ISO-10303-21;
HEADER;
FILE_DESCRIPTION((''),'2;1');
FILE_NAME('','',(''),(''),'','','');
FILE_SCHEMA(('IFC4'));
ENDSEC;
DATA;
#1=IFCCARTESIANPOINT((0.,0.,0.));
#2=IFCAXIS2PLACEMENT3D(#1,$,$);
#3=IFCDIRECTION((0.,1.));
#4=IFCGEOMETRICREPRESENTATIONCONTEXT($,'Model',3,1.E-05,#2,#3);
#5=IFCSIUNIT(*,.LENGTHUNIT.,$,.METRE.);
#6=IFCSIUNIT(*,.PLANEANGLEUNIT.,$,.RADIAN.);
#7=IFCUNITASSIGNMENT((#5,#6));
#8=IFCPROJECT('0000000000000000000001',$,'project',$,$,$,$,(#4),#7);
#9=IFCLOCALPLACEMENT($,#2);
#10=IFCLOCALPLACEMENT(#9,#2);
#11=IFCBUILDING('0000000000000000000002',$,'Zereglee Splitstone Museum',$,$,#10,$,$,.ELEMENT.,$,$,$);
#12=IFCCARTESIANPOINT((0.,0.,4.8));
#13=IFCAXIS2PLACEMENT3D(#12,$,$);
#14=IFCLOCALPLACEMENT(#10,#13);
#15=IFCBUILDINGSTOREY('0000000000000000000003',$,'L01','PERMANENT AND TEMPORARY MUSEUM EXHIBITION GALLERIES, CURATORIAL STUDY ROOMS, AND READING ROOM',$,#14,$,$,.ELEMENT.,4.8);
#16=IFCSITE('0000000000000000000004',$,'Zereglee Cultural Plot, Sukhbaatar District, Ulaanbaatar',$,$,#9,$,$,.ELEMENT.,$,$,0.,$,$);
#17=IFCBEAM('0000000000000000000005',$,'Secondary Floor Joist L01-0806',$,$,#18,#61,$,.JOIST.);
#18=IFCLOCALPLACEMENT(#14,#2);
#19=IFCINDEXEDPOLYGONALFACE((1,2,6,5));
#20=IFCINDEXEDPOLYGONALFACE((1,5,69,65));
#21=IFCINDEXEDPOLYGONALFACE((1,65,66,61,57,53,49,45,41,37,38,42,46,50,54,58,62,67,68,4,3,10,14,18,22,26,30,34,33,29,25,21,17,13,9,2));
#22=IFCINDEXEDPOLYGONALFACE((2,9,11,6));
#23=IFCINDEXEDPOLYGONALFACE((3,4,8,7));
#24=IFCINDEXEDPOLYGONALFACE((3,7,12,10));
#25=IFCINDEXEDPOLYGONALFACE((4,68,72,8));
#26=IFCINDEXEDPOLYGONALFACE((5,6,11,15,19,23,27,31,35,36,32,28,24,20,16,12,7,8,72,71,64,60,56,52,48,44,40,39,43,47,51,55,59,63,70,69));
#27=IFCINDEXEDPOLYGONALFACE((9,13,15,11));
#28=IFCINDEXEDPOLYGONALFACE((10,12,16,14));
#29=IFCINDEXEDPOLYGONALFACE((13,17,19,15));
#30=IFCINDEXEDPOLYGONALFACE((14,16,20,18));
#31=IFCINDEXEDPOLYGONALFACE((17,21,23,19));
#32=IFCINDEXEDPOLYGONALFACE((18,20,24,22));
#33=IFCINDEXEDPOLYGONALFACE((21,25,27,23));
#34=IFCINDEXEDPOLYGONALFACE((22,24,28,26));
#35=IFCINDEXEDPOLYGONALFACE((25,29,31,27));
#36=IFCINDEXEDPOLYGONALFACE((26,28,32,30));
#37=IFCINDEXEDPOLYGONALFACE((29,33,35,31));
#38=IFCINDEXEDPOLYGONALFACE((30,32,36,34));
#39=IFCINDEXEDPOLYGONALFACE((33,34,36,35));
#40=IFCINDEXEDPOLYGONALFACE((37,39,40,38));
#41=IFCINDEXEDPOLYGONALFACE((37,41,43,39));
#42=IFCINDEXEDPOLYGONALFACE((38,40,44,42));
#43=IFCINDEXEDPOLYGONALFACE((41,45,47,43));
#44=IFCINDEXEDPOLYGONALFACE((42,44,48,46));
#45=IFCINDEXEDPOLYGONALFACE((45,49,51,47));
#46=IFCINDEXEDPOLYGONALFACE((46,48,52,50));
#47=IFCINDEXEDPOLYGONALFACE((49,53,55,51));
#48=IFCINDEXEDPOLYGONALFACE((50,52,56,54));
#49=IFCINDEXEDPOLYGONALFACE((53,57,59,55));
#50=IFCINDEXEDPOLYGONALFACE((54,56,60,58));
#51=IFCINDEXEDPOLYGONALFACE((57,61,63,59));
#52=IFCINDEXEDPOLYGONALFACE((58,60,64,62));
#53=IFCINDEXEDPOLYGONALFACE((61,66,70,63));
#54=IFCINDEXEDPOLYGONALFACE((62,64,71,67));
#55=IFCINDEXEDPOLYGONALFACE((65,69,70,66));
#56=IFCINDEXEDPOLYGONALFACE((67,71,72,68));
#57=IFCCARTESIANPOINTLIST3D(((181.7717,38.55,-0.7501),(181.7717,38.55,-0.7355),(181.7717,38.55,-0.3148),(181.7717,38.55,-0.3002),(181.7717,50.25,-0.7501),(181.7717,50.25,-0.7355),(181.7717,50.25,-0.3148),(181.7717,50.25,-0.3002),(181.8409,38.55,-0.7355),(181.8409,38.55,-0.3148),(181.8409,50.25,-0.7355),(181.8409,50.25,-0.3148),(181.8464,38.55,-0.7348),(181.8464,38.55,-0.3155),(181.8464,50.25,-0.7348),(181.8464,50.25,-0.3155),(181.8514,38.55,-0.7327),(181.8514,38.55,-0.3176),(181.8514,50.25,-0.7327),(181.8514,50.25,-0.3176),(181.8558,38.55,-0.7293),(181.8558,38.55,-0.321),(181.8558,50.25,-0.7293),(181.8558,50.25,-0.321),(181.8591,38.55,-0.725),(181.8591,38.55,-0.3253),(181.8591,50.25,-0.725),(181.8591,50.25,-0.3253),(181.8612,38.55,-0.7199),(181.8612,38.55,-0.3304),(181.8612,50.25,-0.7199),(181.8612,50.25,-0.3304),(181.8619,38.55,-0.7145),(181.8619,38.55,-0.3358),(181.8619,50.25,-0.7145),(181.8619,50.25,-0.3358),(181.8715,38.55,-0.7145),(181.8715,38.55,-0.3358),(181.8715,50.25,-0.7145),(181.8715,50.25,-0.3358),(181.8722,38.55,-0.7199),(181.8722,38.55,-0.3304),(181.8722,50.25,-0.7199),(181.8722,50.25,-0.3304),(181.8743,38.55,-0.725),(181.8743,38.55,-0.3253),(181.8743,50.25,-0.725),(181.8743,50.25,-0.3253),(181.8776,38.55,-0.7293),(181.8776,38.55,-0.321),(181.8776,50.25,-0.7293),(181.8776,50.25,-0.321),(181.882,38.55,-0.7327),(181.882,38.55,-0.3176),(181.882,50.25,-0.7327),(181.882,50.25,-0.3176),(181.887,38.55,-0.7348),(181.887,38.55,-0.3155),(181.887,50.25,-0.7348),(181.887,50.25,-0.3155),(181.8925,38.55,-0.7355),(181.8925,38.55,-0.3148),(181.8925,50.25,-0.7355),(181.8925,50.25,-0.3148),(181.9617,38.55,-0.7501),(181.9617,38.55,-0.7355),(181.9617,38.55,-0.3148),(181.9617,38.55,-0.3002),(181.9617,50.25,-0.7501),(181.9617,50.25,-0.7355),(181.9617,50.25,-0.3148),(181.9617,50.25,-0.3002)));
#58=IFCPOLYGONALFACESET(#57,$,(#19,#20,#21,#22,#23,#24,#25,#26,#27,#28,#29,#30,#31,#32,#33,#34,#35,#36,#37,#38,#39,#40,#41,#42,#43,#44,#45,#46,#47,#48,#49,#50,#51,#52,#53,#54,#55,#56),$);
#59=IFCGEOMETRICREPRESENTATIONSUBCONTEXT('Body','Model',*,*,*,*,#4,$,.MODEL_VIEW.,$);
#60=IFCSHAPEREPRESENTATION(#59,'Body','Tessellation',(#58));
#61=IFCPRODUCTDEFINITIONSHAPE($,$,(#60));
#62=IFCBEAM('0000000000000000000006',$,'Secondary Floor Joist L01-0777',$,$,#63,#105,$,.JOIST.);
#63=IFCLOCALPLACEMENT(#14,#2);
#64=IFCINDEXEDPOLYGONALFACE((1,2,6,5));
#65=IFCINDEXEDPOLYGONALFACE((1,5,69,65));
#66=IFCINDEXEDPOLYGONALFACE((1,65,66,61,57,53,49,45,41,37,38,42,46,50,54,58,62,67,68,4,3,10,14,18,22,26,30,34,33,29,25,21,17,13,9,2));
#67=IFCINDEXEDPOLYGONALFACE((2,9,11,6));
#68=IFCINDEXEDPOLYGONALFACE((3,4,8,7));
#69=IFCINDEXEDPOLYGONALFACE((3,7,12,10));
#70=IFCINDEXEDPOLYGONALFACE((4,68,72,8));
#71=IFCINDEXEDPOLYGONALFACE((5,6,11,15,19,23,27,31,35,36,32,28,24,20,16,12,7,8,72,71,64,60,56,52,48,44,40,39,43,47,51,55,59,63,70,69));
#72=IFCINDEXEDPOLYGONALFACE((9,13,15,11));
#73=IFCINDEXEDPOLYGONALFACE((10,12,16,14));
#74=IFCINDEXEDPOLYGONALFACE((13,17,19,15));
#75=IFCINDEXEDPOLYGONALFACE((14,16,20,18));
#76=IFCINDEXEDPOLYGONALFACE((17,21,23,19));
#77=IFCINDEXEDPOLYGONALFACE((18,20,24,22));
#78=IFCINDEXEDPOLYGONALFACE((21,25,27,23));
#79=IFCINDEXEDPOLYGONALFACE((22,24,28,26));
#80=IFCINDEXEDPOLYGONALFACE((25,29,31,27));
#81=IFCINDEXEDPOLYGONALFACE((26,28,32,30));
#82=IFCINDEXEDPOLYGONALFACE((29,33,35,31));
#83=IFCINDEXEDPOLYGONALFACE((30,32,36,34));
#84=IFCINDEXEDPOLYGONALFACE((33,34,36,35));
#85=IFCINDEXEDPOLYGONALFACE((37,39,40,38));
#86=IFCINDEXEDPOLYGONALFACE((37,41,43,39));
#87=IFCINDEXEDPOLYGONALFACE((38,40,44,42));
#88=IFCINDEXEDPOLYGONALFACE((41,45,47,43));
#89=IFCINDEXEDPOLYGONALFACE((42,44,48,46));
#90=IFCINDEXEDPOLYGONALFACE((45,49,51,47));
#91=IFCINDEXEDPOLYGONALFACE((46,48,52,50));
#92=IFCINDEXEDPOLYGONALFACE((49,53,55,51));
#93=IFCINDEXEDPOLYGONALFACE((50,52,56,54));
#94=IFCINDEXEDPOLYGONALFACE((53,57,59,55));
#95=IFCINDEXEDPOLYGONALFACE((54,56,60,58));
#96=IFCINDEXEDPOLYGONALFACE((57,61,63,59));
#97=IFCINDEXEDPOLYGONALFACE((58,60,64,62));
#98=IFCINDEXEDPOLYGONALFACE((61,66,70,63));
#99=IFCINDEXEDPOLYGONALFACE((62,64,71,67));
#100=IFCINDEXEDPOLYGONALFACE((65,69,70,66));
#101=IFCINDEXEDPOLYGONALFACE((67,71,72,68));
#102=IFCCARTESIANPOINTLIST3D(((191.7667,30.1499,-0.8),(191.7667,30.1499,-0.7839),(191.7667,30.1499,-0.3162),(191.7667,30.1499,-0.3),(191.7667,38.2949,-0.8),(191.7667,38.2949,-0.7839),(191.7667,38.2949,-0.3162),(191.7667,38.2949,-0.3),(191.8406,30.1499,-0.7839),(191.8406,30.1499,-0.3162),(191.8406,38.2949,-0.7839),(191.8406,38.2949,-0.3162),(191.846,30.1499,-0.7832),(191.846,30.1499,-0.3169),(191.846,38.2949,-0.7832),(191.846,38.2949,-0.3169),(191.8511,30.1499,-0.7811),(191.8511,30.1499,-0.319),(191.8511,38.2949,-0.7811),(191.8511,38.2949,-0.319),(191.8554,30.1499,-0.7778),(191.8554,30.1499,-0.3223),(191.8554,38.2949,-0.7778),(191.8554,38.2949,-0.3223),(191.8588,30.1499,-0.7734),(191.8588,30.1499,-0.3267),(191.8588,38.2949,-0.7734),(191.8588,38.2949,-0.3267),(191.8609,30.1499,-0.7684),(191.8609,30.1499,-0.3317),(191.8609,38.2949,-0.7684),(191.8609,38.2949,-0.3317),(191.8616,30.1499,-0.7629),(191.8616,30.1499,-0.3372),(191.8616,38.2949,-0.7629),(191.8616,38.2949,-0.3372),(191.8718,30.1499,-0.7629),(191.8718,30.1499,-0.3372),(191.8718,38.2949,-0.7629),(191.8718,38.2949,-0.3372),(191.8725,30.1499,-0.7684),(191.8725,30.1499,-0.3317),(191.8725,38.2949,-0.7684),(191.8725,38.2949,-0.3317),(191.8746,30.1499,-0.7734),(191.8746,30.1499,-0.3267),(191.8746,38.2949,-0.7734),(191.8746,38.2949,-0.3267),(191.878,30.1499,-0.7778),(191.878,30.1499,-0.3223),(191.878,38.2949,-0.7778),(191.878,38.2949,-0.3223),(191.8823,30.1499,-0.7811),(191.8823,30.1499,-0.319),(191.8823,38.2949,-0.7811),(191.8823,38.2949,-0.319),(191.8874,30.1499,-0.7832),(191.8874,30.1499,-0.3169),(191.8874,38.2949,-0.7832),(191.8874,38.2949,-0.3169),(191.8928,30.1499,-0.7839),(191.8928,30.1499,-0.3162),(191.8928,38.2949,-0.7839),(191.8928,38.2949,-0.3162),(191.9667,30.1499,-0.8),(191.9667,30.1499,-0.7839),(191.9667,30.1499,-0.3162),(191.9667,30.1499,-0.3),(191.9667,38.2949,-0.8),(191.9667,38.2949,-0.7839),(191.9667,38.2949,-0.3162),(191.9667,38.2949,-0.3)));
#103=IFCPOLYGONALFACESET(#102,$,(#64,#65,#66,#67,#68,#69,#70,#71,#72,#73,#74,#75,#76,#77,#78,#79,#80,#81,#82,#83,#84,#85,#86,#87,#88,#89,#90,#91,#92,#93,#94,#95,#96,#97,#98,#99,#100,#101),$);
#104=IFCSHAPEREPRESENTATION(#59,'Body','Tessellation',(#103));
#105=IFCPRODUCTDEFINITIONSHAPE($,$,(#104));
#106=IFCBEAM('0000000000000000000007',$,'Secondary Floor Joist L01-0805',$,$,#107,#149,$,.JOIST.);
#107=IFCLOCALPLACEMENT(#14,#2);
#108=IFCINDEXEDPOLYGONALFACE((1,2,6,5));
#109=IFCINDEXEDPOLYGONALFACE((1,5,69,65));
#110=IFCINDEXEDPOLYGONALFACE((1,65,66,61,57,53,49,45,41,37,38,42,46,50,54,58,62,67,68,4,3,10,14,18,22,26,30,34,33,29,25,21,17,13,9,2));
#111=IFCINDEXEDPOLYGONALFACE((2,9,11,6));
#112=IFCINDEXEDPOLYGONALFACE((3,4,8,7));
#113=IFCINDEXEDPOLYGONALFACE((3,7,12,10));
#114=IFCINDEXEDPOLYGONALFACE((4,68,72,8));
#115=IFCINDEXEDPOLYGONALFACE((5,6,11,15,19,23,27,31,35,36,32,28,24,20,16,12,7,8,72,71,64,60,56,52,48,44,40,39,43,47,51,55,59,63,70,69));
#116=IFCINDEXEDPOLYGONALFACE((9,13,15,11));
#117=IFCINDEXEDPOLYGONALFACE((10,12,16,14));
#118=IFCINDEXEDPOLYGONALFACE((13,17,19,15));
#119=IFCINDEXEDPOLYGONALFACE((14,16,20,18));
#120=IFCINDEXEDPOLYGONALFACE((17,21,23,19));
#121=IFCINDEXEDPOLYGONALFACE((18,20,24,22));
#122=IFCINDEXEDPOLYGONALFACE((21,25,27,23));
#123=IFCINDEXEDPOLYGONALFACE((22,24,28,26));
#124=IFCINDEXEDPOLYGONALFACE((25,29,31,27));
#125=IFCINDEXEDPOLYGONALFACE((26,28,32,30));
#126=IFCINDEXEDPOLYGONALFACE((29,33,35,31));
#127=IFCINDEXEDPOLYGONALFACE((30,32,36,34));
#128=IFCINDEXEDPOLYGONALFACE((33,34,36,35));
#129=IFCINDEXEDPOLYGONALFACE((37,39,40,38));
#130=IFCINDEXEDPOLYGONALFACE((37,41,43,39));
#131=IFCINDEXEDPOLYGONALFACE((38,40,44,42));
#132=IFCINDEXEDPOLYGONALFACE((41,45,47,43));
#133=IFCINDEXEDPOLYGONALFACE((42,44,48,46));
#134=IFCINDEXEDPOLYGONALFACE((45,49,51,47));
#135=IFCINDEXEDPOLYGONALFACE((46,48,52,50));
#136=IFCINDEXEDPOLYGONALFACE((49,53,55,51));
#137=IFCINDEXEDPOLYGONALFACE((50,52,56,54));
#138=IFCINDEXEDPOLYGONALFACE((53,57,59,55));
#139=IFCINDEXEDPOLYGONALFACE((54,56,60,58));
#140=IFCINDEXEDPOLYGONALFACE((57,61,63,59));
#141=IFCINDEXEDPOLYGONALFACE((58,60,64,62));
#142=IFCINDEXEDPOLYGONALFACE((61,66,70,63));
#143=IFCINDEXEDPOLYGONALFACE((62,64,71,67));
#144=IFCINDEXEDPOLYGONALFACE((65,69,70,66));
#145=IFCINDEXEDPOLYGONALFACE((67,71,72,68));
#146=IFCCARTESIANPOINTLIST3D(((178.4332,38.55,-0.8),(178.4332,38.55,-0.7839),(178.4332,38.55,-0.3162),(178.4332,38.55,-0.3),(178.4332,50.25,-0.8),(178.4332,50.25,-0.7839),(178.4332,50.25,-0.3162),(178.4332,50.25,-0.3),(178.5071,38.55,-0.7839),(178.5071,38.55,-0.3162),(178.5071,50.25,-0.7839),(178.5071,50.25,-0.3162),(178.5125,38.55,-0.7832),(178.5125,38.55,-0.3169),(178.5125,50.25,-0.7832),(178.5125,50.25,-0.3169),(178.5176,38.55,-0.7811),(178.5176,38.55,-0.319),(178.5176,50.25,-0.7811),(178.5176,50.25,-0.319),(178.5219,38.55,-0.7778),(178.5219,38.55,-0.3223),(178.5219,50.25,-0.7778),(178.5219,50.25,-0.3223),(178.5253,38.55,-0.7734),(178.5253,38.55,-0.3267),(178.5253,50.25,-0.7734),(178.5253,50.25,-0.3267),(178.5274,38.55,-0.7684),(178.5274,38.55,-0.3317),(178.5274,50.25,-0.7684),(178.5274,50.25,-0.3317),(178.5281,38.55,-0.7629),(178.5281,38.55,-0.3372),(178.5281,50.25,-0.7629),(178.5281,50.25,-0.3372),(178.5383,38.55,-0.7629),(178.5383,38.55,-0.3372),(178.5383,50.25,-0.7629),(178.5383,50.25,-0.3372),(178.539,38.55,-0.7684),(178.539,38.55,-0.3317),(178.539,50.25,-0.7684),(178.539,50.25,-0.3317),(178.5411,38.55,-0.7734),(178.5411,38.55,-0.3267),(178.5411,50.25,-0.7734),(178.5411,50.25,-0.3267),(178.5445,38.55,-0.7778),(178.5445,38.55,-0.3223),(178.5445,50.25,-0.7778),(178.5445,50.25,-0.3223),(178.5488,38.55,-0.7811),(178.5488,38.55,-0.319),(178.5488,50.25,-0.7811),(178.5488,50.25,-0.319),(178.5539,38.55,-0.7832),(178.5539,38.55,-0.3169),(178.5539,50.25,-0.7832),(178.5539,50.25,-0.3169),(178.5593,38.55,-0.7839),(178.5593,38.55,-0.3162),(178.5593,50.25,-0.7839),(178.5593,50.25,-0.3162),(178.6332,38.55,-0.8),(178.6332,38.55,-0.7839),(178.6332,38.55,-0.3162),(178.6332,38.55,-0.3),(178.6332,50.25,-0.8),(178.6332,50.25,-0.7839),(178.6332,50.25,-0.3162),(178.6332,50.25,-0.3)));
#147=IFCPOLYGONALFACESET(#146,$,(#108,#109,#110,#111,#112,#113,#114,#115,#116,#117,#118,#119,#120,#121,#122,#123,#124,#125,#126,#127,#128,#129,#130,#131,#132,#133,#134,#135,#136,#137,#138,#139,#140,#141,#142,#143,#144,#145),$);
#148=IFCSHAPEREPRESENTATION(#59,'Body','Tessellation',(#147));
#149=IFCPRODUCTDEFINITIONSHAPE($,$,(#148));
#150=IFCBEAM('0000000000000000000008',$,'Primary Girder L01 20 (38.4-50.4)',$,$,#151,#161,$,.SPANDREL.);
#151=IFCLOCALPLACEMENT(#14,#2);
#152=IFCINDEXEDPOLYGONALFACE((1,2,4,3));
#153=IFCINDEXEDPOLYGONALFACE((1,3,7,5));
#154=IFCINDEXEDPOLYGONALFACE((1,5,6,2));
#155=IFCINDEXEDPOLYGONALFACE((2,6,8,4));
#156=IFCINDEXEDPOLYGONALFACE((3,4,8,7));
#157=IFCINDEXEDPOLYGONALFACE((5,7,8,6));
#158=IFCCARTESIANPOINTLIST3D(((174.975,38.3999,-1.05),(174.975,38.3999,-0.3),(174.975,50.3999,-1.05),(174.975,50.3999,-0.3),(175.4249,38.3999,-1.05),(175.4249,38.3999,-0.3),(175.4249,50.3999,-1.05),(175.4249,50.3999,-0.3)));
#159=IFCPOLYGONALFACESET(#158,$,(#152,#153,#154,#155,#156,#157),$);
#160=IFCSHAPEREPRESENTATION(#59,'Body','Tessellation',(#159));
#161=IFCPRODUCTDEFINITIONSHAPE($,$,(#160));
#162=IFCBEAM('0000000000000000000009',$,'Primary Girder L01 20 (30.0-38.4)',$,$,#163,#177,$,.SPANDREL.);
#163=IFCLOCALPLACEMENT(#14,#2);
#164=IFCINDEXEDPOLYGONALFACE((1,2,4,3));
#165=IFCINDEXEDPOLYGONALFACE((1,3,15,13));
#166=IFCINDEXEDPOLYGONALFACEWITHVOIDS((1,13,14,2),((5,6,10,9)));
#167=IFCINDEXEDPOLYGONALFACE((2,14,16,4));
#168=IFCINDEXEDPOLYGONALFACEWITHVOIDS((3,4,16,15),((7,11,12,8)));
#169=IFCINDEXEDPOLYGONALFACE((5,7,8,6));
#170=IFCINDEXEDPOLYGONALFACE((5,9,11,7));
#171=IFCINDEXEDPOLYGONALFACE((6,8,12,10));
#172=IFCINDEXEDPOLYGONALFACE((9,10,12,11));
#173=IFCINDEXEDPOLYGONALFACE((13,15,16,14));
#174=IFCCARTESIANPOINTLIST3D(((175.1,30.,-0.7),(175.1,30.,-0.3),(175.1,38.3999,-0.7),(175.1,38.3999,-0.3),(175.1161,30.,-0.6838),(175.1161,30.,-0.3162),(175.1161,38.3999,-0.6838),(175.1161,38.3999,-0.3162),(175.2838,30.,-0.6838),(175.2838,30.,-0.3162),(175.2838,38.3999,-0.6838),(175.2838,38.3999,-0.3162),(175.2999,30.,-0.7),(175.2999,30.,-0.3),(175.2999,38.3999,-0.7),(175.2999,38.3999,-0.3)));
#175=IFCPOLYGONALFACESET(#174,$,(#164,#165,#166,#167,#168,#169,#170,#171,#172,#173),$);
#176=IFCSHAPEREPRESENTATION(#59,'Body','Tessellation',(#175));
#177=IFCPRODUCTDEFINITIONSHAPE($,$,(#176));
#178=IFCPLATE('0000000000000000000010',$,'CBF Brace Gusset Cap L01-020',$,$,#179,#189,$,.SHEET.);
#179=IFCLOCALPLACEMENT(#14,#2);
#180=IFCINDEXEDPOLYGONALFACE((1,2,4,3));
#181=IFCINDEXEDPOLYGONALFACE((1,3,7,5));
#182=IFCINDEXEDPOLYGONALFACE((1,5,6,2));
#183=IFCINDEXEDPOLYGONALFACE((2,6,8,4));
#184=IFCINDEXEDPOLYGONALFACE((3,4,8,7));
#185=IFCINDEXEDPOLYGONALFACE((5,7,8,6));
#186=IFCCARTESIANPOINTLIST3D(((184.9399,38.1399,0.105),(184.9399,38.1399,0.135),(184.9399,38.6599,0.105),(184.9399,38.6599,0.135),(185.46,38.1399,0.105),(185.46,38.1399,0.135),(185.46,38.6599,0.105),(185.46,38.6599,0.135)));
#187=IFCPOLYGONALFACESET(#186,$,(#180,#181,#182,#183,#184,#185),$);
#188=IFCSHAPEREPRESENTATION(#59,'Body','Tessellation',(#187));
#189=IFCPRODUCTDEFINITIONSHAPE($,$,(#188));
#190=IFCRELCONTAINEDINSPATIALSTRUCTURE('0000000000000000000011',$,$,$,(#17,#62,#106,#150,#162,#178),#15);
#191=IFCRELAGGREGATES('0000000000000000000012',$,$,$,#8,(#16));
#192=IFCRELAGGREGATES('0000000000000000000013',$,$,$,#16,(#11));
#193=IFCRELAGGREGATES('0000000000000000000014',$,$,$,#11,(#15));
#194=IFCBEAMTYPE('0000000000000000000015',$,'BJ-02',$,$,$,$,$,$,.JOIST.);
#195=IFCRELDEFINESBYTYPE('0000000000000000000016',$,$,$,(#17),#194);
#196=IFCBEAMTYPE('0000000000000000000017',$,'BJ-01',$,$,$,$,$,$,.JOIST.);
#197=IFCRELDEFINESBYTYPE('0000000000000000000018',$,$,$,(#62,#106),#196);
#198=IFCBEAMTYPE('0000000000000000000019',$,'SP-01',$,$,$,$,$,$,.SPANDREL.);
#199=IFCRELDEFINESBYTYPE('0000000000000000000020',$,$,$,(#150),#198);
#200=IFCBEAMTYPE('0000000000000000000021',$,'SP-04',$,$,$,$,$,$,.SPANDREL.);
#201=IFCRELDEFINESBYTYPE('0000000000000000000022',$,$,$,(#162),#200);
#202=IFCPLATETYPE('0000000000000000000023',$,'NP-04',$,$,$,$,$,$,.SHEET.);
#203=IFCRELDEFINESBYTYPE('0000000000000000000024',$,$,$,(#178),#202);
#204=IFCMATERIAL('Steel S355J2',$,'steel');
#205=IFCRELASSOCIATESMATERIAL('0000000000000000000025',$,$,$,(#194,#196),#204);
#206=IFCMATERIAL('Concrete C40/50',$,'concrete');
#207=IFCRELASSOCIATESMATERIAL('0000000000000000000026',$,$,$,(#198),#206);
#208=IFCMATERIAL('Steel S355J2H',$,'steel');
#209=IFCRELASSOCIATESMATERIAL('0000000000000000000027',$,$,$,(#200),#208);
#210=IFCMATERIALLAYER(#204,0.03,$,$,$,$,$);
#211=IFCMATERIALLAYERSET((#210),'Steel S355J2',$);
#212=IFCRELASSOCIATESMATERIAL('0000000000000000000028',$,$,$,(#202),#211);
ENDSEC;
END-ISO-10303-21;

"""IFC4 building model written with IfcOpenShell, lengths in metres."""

from ifc_helpers import new_model, si_unit, direction, frame, origin, origin_2d, place, context, subcontext, project, spatial, rectangle, hollow_rectangle, i_section, extrude, material, layer, layer_set, material_profile, profile_set, type_object, element, save


model = new_model("IFC4")

# Units and contexts
model_context = context("Model", 3, precision=1e-05, world=origin(), true_north=direction((0.0, 1.0)))
body_context = subcontext(model_context, "Body", "Model", "MODEL_VIEW")
ifc_project = project(units=[si_unit("LENGTHUNIT", "METRE"), si_unit("PLANEANGLEUNIT", "RADIAN")], contexts=[model_context])

# Site, building, storey
site_placement = place(None, origin())
site = spatial("IfcSite", under=ifc_project, at=site_placement, Name="Zereglee Cultural Plot, Sukhbaatar District, Ulaanbaatar", CompositionType="ELEMENT", RefElevation=0.0)
building_placement = place(site_placement, origin())
building = spatial("IfcBuilding", under=site, at=building_placement, Name="Zereglee Splitstone Museum", CompositionType="ELEMENT")
storey_placement = place(building_placement, frame((0.0, 0.0, 4.8)))
storey = spatial("IfcBuildingStorey", under=building, at=storey_placement, Name="L01", Description="PERMANENT AND TEMPORARY MUSEUM EXHIBITION GALLERIES, CURATORIAL STUDY ROOMS, AND READING ROOM", CompositionType="ELEMENT", Elevation=4.8)

# Shared definitions
ifc_material_1 = material(Name="Steel S355J2", Category="steel")
ifc_material_2 = material(Name="Steel S355J2H", Category="steel")

# Shared definitions
ifc_material_3 = material(Name="Concrete C40/50", Category="concrete")

# Beams
ifc_material_profile_1 = material_profile(ifc_material_1, i_section(OverallWidth=0.1899, OverallDepth=0.45, WebThickness=0.0095, FlangeThickness=0.0146, FilletRadius=0.021, at=origin_2d()), Name="IPE 450")
ifc_profile_set_1 = profile_set([ifc_material_profile_1], Name="Steel S355J2")
beam_type_1 = type_object("IfcBeamType", Name="BJ-02", PredefinedType="JOIST", material=ifc_profile_set_1)
beam_1_placement = place(storey_placement, frame((181.8667, 38.55, -0.5251), z_axis=(0.0, 1.0, 0.0), x_axis=(-1.0, 0.0, 0.0)))
element("IfcBeam", 1, at=beam_1_placement, inside=storey, type_object=beam_type_1, Name="Secondary Floor Joist L01-0806", PredefinedType="JOIST", context=body_context, shape_type="SweptSolid", body=[
    extrude(i_section(OverallWidth=0.1899, OverallDepth=0.45, WebThickness=0.0095, FlangeThickness=0.0146, FilletRadius=0.021, at=origin_2d()), origin(), (0.0, 0.0, 1.0), 11.7),
])
ifc_material_profile_2 = material_profile(ifc_material_1, i_section(OverallWidth=0.2, OverallDepth=0.5, WebThickness=0.0103, FlangeThickness=0.0161, FilletRadius=0.021, at=origin_2d()), Name="IPE 500")
ifc_profile_set_2 = profile_set([ifc_material_profile_2], Name="Steel S355J2")
beam_type_2 = type_object("IfcBeamType", Name="BJ-01", PredefinedType="JOIST", material=ifc_profile_set_2)
beam_2_placement = place(storey_placement, frame((191.8667, 30.1499, -0.55), z_axis=(0.0, 1.0, 0.0), x_axis=(-1.0, 0.0, 0.0)))
element("IfcBeam", 2, at=beam_2_placement, inside=storey, type_object=beam_type_2, Name="Secondary Floor Joist L01-0777", PredefinedType="JOIST", context=body_context, shape_type="SweptSolid", body=[
    extrude(i_section(OverallWidth=0.2, OverallDepth=0.5, WebThickness=0.0103, FlangeThickness=0.0161, FilletRadius=0.021, at=origin_2d()), origin(), (0.0, 0.0, 1.0), 8.145),
])
beam_3_placement = place(storey_placement, frame((178.5332, 38.55, -0.55), z_axis=(0.0, 1.0, 0.0), x_axis=(-1.0, 0.0, 0.0)))
element("IfcBeam", 3, at=beam_3_placement, inside=storey, type_object=beam_type_2, Name="Secondary Floor Joist L01-0805", PredefinedType="JOIST", context=body_context, shape_type="SweptSolid", body=[
    extrude(i_section(OverallWidth=0.2, OverallDepth=0.5, WebThickness=0.0103, FlangeThickness=0.0161, FilletRadius=0.021, at=origin_2d()), origin(), (0.0, 0.0, 1.0), 11.7),
])
ifc_material_profile_3 = material_profile(ifc_material_3, rectangle(XDim=0.45, YDim=0.75, at=origin_2d()), Name="RC 450x750")
ifc_profile_set_3 = profile_set([ifc_material_profile_3], Name="Concrete C40/50")
beam_type_3 = type_object("IfcBeamType", Name="SP-01", PredefinedType="SPANDREL", material=ifc_profile_set_3)
beam_4_placement = place(storey_placement, frame((175.2, 38.3999, -0.675), z_axis=(0.0, 1.0, 0.0), x_axis=(-1.0, 0.0, 0.0)))
element("IfcBeam", 4, at=beam_4_placement, inside=storey, type_object=beam_type_3, Name="Primary Girder L01 20 (38.4-50.4)", PredefinedType="SPANDREL", context=body_context, shape_type="SweptSolid", body=[
    extrude(rectangle(XDim=0.45, YDim=0.75, at=origin_2d()), origin(), (0.0, 0.0, 1.0), 12.0),
])
ifc_material_profile_4 = material_profile(ifc_material_2, hollow_rectangle(XDim=0.2, YDim=0.3999, WallThickness=0.0161, at=origin_2d()), Name="RHS 400x200x16")
ifc_profile_set_4 = profile_set([ifc_material_profile_4], Name="Steel S355J2H")
beam_type_4 = type_object("IfcBeamType", Name="SP-04", PredefinedType="SPANDREL", material=ifc_profile_set_4)
beam_5_placement = place(storey_placement, frame((175.2, 30.0, -0.5), z_axis=(0.0, 1.0, 0.0), x_axis=(-1.0, 0.0, 0.0)))
element("IfcBeam", 5, at=beam_5_placement, inside=storey, type_object=beam_type_4, Name="Primary Girder L01 20 (30.0-38.4)", PredefinedType="SPANDREL", context=body_context, shape_type="SweptSolid", body=[
    extrude(hollow_rectangle(XDim=0.2, YDim=0.3999, WallThickness=0.0161, at=origin_2d()), origin(), (0.0, 0.0, 1.0), 8.3999),
])

# Plate
ifc_layer_1 = layer(ifc_material_1, 0.03)
ifc_layer_set_1 = layer_set([ifc_layer_1], Name="Steel S355J2")
plate_type = type_object("IfcPlateType", Name="NP-04", PredefinedType="SHEET", material=ifc_layer_set_1)
for number, where, z_axis, x_axis, name in (
    (6, (185.2, 38.3999, 0.105), (0.0, 0.0, 1.0), (1.0, 0.0, 0.0), "CBF Brace Gusset Cap L01-020"),
):
    element("IfcPlate", number, at=place(storey_placement, frame(where, z_axis=z_axis, x_axis=x_axis)), inside=storey, type_object=plate_type, Name=name, PredefinedType="SHEET", context=body_context, shape_type="SweptSolid", body=[
        extrude(rectangle(XDim=0.52, YDim=0.52, at=origin_2d()), origin(), (0.0, 0.0, 1.0), 0.03),
    ])

save(model, "model.ifc")
